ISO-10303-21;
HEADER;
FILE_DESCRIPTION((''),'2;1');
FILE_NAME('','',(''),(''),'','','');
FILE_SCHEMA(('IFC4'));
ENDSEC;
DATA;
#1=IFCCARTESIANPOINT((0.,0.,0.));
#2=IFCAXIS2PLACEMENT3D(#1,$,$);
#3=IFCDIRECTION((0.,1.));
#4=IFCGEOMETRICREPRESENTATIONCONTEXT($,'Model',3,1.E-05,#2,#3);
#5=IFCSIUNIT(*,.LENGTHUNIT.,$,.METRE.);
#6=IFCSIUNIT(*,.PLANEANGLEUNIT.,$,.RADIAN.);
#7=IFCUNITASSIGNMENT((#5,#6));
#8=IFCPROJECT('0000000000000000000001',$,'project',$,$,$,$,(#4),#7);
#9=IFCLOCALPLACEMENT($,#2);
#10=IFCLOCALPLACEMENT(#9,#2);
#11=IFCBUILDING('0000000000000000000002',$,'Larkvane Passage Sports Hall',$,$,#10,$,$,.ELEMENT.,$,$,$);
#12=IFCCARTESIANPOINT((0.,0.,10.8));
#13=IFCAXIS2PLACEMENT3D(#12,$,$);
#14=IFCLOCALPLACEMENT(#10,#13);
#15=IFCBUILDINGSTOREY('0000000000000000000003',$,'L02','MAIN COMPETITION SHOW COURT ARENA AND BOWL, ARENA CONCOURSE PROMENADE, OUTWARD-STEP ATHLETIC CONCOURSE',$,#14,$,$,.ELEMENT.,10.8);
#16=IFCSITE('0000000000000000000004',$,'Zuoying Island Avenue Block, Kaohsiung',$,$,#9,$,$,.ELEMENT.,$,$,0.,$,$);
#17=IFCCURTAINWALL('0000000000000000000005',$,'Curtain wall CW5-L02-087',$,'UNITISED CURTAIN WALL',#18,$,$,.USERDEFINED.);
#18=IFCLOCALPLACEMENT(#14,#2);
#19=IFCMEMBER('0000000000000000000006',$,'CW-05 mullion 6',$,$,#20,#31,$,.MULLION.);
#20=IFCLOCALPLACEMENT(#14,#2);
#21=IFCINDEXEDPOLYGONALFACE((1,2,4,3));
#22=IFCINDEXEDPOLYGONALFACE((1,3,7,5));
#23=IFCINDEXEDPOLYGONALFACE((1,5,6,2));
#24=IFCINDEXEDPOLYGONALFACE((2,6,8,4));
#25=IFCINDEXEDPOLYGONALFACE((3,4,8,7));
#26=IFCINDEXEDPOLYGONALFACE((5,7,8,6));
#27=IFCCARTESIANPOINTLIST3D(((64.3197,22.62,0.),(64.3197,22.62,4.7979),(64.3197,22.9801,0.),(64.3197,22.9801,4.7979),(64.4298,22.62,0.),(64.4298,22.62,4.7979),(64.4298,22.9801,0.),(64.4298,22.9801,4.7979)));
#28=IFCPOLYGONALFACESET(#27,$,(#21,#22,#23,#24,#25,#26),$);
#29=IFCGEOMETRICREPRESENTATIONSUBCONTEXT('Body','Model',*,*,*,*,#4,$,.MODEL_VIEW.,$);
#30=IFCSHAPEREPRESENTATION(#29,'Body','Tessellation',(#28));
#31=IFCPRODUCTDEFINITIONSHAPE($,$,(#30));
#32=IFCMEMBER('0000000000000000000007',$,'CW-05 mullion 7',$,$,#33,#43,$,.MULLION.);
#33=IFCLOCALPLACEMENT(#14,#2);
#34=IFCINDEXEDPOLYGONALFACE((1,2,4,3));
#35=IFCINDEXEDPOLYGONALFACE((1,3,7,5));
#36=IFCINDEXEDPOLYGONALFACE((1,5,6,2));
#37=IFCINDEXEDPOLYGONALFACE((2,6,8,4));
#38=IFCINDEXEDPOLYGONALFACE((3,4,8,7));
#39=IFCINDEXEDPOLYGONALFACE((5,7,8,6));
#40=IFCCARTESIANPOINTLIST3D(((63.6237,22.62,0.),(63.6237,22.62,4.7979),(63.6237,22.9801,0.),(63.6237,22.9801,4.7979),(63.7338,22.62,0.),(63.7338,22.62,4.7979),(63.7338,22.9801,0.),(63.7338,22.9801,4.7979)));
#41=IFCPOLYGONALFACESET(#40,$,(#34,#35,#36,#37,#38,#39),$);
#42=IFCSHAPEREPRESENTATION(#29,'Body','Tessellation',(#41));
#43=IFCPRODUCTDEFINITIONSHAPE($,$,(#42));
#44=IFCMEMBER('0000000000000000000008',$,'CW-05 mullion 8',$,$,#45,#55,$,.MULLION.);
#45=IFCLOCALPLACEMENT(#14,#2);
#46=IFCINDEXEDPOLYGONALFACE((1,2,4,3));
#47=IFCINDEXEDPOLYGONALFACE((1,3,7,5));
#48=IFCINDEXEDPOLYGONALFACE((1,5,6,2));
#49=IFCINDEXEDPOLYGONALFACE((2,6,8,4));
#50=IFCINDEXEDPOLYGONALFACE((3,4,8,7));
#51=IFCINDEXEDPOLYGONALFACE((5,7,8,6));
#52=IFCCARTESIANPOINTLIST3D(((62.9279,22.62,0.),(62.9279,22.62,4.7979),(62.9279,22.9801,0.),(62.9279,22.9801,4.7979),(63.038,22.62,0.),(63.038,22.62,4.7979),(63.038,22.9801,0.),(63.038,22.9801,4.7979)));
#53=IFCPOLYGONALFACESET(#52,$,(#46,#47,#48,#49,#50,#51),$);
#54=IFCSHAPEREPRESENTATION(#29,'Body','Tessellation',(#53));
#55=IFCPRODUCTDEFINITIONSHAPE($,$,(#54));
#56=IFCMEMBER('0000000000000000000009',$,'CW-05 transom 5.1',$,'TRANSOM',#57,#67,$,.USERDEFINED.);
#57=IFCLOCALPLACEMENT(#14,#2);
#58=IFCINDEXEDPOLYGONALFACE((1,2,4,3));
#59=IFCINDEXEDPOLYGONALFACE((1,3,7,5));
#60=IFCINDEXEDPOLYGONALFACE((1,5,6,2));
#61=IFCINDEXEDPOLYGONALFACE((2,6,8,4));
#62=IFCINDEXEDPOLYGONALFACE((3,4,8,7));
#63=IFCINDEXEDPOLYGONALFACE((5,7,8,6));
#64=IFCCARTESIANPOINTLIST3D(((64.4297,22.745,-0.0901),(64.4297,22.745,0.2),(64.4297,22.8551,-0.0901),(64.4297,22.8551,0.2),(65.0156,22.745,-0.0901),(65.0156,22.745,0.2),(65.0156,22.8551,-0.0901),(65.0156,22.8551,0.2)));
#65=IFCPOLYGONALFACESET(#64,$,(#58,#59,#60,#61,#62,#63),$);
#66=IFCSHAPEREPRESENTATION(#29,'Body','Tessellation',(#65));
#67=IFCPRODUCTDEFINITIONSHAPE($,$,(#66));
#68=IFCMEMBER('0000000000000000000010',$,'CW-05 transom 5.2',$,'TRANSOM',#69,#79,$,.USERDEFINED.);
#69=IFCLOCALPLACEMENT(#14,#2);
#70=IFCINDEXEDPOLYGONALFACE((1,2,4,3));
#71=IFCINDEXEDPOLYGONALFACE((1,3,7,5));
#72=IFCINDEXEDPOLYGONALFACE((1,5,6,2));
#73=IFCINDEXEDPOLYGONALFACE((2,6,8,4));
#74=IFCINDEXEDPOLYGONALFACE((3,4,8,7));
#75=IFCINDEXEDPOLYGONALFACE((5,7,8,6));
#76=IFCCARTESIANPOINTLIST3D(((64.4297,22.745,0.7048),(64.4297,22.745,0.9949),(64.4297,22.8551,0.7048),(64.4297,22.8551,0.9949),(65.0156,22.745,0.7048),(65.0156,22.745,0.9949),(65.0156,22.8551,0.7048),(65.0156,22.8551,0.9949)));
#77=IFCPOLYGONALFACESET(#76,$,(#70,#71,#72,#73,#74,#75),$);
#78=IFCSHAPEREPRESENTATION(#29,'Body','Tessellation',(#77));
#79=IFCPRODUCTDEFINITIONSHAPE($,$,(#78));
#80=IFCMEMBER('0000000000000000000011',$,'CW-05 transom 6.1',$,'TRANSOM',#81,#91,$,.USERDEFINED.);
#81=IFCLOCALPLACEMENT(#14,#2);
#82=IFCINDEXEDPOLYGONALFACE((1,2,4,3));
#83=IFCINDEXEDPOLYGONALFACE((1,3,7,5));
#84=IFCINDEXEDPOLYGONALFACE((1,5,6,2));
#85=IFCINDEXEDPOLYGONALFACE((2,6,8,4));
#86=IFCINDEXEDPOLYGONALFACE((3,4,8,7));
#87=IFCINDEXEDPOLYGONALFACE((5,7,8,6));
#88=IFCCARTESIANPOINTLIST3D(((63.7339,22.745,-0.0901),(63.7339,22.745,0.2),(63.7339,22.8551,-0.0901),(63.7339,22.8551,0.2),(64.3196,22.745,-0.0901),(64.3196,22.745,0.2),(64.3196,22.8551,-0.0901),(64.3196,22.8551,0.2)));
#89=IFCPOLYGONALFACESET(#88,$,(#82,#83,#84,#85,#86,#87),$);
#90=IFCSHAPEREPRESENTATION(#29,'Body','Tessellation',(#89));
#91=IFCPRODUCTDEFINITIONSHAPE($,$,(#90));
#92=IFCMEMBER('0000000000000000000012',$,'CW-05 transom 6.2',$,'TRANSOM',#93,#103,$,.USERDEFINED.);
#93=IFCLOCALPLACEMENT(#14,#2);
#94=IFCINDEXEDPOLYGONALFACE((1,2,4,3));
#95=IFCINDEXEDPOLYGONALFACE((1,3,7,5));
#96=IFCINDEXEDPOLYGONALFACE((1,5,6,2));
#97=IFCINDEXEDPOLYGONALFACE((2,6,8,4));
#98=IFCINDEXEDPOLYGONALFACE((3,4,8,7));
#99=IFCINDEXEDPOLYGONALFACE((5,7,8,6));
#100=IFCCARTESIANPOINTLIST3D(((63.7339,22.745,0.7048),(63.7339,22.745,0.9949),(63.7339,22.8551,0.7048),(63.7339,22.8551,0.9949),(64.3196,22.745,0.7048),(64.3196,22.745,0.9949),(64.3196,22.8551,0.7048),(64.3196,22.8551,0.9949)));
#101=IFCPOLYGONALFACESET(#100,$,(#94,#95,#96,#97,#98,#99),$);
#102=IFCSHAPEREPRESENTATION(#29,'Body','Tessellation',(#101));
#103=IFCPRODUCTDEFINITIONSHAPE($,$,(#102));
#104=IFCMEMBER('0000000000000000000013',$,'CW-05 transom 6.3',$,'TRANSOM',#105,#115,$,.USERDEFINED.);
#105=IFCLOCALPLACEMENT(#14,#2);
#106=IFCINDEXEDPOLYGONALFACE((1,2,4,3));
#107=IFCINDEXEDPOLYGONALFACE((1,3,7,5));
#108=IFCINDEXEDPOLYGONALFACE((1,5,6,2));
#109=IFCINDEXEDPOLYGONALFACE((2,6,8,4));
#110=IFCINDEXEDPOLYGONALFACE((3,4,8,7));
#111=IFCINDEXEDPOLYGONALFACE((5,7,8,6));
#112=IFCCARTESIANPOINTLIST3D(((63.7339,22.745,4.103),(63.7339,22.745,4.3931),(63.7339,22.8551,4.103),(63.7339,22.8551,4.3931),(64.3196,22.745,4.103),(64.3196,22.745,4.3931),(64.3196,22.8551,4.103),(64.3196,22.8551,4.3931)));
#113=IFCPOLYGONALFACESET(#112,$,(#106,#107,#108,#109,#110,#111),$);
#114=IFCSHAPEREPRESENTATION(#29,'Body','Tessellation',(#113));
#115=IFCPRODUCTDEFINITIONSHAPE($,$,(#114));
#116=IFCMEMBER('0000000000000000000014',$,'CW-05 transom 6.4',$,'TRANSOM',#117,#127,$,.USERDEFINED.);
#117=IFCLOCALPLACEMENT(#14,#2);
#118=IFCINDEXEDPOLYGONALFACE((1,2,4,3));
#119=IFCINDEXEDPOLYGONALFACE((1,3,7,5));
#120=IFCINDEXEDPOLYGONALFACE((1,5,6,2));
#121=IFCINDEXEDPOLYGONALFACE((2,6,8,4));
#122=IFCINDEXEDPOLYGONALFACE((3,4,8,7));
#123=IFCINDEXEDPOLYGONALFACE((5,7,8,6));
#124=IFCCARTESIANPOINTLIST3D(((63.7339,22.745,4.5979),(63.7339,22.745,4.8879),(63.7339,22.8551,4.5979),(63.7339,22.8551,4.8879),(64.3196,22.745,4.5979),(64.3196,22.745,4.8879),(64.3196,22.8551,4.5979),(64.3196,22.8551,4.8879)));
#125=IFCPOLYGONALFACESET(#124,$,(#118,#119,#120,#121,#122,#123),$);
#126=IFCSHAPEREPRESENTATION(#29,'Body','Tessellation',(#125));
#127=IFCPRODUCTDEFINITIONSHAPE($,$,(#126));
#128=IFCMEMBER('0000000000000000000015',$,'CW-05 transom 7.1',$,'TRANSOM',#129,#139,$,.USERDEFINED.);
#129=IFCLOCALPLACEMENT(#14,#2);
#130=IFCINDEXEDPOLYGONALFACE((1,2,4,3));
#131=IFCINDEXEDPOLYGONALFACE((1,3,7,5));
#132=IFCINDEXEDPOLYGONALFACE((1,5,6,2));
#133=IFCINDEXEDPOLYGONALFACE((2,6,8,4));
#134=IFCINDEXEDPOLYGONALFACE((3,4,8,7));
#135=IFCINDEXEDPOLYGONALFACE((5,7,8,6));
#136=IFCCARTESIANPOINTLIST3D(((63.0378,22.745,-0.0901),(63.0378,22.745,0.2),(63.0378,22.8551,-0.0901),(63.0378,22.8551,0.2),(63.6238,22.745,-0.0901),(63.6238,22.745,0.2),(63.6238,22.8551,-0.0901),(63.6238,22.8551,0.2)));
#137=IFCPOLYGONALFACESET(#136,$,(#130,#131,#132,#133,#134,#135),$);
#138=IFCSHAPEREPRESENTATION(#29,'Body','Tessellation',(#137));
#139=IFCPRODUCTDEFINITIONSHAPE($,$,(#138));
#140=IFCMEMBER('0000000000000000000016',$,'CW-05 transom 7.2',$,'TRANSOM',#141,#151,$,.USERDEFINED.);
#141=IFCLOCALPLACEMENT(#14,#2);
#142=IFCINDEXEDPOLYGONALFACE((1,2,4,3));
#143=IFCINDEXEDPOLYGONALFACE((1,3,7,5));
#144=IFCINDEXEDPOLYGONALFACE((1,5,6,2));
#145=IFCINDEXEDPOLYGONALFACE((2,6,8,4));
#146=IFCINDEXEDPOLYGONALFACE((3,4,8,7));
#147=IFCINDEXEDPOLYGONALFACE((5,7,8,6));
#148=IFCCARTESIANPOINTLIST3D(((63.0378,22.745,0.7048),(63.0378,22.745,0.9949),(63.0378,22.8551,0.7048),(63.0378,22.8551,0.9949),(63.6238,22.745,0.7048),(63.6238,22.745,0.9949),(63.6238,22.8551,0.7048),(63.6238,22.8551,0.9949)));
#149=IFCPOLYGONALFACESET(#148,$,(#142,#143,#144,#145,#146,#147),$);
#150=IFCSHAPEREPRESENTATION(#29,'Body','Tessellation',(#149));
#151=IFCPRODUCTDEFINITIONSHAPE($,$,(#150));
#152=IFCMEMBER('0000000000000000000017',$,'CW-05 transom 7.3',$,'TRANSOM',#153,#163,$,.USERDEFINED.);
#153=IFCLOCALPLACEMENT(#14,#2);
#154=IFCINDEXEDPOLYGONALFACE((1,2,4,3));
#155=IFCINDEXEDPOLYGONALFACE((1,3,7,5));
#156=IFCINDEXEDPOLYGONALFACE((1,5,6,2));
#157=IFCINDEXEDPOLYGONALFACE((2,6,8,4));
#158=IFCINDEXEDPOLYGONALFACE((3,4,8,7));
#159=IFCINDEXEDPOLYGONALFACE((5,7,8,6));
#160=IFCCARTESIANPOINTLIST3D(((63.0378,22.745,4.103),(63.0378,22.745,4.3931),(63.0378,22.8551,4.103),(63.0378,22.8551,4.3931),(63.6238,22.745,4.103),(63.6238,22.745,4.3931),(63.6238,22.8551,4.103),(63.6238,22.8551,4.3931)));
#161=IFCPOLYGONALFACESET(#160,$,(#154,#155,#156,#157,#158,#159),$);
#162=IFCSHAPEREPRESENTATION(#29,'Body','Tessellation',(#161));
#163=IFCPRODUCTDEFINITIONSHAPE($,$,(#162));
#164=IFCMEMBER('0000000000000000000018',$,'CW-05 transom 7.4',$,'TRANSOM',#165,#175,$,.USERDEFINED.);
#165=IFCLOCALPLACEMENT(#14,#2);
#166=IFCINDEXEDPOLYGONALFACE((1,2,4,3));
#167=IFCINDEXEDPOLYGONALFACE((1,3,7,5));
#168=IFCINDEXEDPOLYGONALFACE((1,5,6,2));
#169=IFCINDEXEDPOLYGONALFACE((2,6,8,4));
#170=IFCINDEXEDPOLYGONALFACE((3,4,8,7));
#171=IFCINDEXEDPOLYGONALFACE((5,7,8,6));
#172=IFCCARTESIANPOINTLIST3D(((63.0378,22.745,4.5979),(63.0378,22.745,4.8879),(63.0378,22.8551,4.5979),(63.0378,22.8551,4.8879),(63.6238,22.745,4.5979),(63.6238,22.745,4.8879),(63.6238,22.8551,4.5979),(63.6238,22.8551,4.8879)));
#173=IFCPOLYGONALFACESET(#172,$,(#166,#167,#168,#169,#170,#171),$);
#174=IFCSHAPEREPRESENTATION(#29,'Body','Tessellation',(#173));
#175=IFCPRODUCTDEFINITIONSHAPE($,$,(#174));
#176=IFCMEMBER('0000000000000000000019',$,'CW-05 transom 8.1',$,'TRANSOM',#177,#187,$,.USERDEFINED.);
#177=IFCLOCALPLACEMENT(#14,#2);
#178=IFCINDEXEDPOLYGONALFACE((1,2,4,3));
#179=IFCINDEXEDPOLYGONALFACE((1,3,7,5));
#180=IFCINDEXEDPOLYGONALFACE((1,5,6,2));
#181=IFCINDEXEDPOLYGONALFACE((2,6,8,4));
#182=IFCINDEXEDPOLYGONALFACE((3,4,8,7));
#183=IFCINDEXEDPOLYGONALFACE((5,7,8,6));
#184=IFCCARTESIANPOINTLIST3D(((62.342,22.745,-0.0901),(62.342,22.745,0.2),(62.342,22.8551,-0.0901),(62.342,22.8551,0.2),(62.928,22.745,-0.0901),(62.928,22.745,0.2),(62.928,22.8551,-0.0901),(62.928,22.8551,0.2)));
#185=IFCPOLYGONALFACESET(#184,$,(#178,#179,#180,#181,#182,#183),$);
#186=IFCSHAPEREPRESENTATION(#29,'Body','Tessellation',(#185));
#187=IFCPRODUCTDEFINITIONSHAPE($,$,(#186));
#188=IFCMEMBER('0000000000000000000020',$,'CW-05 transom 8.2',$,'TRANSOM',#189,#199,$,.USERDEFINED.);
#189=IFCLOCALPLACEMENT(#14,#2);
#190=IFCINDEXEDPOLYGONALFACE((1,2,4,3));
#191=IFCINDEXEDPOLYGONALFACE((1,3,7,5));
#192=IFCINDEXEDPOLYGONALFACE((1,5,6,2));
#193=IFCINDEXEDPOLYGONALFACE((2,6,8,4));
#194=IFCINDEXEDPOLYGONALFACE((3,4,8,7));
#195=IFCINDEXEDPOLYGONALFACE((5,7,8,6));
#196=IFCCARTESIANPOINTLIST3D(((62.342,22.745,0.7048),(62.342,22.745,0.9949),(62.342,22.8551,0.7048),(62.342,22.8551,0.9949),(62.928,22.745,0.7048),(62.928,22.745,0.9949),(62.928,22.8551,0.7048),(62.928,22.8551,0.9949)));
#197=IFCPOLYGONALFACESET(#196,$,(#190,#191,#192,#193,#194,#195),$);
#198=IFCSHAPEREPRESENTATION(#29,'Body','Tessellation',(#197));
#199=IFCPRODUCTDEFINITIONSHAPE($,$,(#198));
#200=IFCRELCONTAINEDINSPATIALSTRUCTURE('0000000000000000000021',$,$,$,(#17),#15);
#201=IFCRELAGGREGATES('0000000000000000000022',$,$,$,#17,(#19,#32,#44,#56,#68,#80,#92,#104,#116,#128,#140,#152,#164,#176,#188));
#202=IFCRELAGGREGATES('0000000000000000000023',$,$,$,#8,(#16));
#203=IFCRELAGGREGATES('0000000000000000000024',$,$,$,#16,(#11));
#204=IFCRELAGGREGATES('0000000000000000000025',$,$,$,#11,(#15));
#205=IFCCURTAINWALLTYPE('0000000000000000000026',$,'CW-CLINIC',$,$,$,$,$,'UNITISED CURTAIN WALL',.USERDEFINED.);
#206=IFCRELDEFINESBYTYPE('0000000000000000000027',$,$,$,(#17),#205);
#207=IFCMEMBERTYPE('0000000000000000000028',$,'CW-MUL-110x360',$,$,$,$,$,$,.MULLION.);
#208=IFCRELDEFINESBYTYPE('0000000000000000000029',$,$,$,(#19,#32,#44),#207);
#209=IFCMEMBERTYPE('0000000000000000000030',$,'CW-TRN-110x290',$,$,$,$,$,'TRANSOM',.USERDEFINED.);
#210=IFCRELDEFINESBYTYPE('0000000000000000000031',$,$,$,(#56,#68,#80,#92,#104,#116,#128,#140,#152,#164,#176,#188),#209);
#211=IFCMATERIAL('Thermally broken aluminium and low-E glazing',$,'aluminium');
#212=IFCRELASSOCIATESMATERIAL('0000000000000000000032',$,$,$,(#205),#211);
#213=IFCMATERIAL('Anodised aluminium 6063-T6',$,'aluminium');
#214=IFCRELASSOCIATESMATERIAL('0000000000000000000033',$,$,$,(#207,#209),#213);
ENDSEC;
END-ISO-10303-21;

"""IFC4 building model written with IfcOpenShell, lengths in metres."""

from ifc_helpers import new_model, si_unit, direction, frame, origin, origin_2d, place, context, subcontext, project, spatial, rectangle, extrude, material, material_profile, profile_set, type_object, element, aggregate, save


model = new_model("IFC4")

# Units and contexts
model_context = context("Model", 3, precision=1e-05, world=origin(), true_north=direction((0.0, 1.0)))
body_context = subcontext(model_context, "Body", "Model", "MODEL_VIEW")
ifc_project = project(units=[si_unit("LENGTHUNIT", "METRE"), si_unit("PLANEANGLEUNIT", "RADIAN")], contexts=[model_context])

# Site, building, storey
site_placement = place(None, origin())
site = spatial("IfcSite", under=ifc_project, at=site_placement, Name="Zuoying Island Avenue Block, Kaohsiung", CompositionType="ELEMENT", RefElevation=0.0)
building_placement = place(site_placement, origin())
building = spatial("IfcBuilding", under=site, at=building_placement, Name="Larkvane Passage Sports Hall", CompositionType="ELEMENT")
storey_placement = place(building_placement, frame((0.0, 0.0, 10.8)))
storey = spatial("IfcBuildingStorey", under=building, at=storey_placement, Name="L02", Description="MAIN COMPETITION SHOW COURT ARENA AND BOWL, ARENA CONCOURSE PROMENADE, OUTWARD-STEP ATHLETIC CONCOURSE", CompositionType="ELEMENT", Elevation=10.8)

# Curtain wall, members
ifc_material_1 = material(Name="Thermally broken aluminium and low-E glazing", Category="aluminium")
curtain_wall_type = type_object("IfcCurtainWallType", Name="CW-CLINIC", ElementType="UNITISED CURTAIN WALL", PredefinedType="USERDEFINED", material=ifc_material_1)
curtain_wall_placement = place(storey_placement, origin())
curtain_wall = element("IfcCurtainWall", 1, at=curtain_wall_placement, inside=storey, type_object=curtain_wall_type, Name="Curtain wall CW5-L02-087", ObjectType="UNITISED CURTAIN WALL", PredefinedType="USERDEFINED")
ifc_material_2 = material(Name="Anodised aluminium 6063-T6", Category="aluminium")
ifc_material_profile_1 = material_profile(ifc_material_2, rectangle(XDim=0.1101, YDim=0.3601, at=origin_2d()), Name="ALU-MUL-110x360")
ifc_profile_set_1 = profile_set([ifc_material_profile_1], Name="Anodised aluminium 6063-T6")
member_type_1 = type_object("IfcMemberType", Name="CW-MUL-110x360", PredefinedType="MULLION", material=ifc_profile_set_1)
member_1_placement = place(storey_placement, frame((64.3748, 22.8, 0.0), z_axis=(0.0, 0.0, 1.0), x_axis=(-1.0, 0.0, 0.0)))
member_1 = element("IfcMember", 2, at=member_1_placement, type_object=member_type_1, Name="CW-05 mullion 6", PredefinedType="MULLION", context=body_context, shape_type="SweptSolid", body=[
    extrude(rectangle(XDim=0.1101, YDim=0.3601, at=origin_2d()), origin(), (0.0, 0.0, 1.0), 4.7979),
])
member_2_placement = place(storey_placement, frame((63.6787, 22.8, 0.0), z_axis=(0.0, 0.0, 1.0), x_axis=(-1.0, 0.0, 0.0)))
member_2 = element("IfcMember", 3, at=member_2_placement, type_object=member_type_1, Name="CW-05 mullion 7", PredefinedType="MULLION", context=body_context, shape_type="SweptSolid", body=[
    extrude(rectangle(XDim=0.1101, YDim=0.3601, at=origin_2d()), origin(), (0.0, 0.0, 1.0), 4.7979),
])
member_3_placement = place(storey_placement, frame((62.9829, 22.8, 0.0), z_axis=(0.0, 0.0, 1.0), x_axis=(-1.0, 0.0, 0.0)))
member_3 = element("IfcMember", 4, at=member_3_placement, type_object=member_type_1, Name="CW-05 mullion 8", PredefinedType="MULLION", context=body_context, shape_type="SweptSolid", body=[
    extrude(rectangle(XDim=0.1101, YDim=0.3601, at=origin_2d()), origin(), (0.0, 0.0, 1.0), 4.7979),
])
ifc_material_profile_2 = material_profile(ifc_material_2, rectangle(XDim=0.1101, YDim=0.29, at=origin_2d()), Name="ALU-TRN-110x290")
ifc_profile_set_2 = profile_set([ifc_material_profile_2], Name="Anodised aluminium 6063-T6")
member_type_2 = type_object("IfcMemberType", Name="CW-TRN-110x290", ElementType="TRANSOM", PredefinedType="USERDEFINED", material=ifc_profile_set_2)
member_4_placement = place(storey_placement, frame((65.0156, 22.8, 0.0549), z_axis=(-1.0, 0.0, 0.0), x_axis=(0.0, -1.0, 0.0)))
member_4 = element("IfcMember", 5, at=member_4_placement, type_object=member_type_2, Name="CW-05 transom 5.1", ObjectType="TRANSOM", PredefinedType="USERDEFINED", context=body_context, shape_type="SweptSolid", body=[
    extrude(rectangle(XDim=0.1101, YDim=0.29, at=origin_2d()), origin(), (0.0, 0.0, 1.0), 0.5859),
])
member_5_placement = place(storey_placement, frame((65.0156, 22.8, 0.8499), z_axis=(-1.0, 0.0, 0.0), x_axis=(0.0, -1.0, 0.0)))
member_5 = element("IfcMember", 6, at=member_5_placement, type_object=member_type_2, Name="CW-05 transom 5.2", ObjectType="TRANSOM", PredefinedType="USERDEFINED", context=body_context, shape_type="SweptSolid", body=[
    extrude(rectangle(XDim=0.1101, YDim=0.29, at=origin_2d()), origin(), (0.0, 0.0, 1.0), 0.5859),
])
member_6_placement = place(storey_placement, frame((64.3196, 22.8, 0.0549), z_axis=(-1.0, 0.0, 0.0), x_axis=(0.0, -1.0, 0.0)))
member_6 = element("IfcMember", 7, at=member_6_placement, type_object=member_type_2, Name="CW-05 transom 6.1", ObjectType="TRANSOM", PredefinedType="USERDEFINED", context=body_context, shape_type="SweptSolid", body=[
    extrude(rectangle(XDim=0.1101, YDim=0.29, at=origin_2d()), origin(), (0.0, 0.0, 1.0), 0.5857),
])
member_7_placement = place(storey_placement, frame((64.3196, 22.8, 0.8499), z_axis=(-1.0, 0.0, 0.0), x_axis=(0.0, -1.0, 0.0)))
member_7 = element("IfcMember", 8, at=member_7_placement, type_object=member_type_2, Name="CW-05 transom 6.2", ObjectType="TRANSOM", PredefinedType="USERDEFINED", context=body_context, shape_type="SweptSolid", body=[
    extrude(rectangle(XDim=0.1101, YDim=0.29, at=origin_2d()), origin(), (0.0, 0.0, 1.0), 0.5857),
])
member_8_placement = place(storey_placement, frame((64.3196, 22.8, 4.248), z_axis=(-1.0, 0.0, 0.0), x_axis=(0.0, -1.0, 0.0)))
member_8 = element("IfcMember", 9, at=member_8_placement, type_object=member_type_2, Name="CW-05 transom 6.3", ObjectType="TRANSOM", PredefinedType="USERDEFINED", context=body_context, shape_type="SweptSolid", body=[
    extrude(rectangle(XDim=0.1101, YDim=0.29, at=origin_2d()), origin(), (0.0, 0.0, 1.0), 0.5857),
])
member_9_placement = place(storey_placement, frame((64.3196, 22.8, 4.7429), z_axis=(-1.0, 0.0, 0.0), x_axis=(0.0, -1.0, 0.0)))
member_9 = element("IfcMember", 10, at=member_9_placement, type_object=member_type_2, Name="CW-05 transom 6.4", ObjectType="TRANSOM", PredefinedType="USERDEFINED", context=body_context, shape_type="SweptSolid", body=[
    extrude(rectangle(XDim=0.1101, YDim=0.29, at=origin_2d()), origin(), (0.0, 0.0, 1.0), 0.5857),
])
member_10_placement = place(storey_placement, frame((63.6238, 22.8, 0.0549), z_axis=(-1.0, 0.0, 0.0), x_axis=(0.0, -1.0, 0.0)))
member_10 = element("IfcMember", 11, at=member_10_placement, type_object=member_type_2, Name="CW-05 transom 7.1", ObjectType="TRANSOM", PredefinedType="USERDEFINED", context=body_context, shape_type="SweptSolid", body=[
    extrude(rectangle(XDim=0.1101, YDim=0.29, at=origin_2d()), origin(), (0.0, 0.0, 1.0), 0.5859),
])
member_11_placement = place(storey_placement, frame((63.6238, 22.8, 0.8499), z_axis=(-1.0, 0.0, 0.0), x_axis=(0.0, -1.0, 0.0)))
member_11 = element("IfcMember", 12, at=member_11_placement, type_object=member_type_2, Name="CW-05 transom 7.2", ObjectType="TRANSOM", PredefinedType="USERDEFINED", context=body_context, shape_type="SweptSolid", body=[
    extrude(rectangle(XDim=0.1101, YDim=0.29, at=origin_2d()), origin(), (0.0, 0.0, 1.0), 0.5859),
])
member_12_placement = place(storey_placement, frame((63.6238, 22.8, 4.248), z_axis=(-1.0, 0.0, 0.0), x_axis=(0.0, -1.0, 0.0)))
member_12 = element("IfcMember", 13, at=member_12_placement, type_object=member_type_2, Name="CW-05 transom 7.3", ObjectType="TRANSOM", PredefinedType="USERDEFINED", context=body_context, shape_type="SweptSolid", body=[
    extrude(rectangle(XDim=0.1101, YDim=0.29, at=origin_2d()), origin(), (0.0, 0.0, 1.0), 0.5859),
])
member_13_placement = place(storey_placement, frame((63.6238, 22.8, 4.7429), z_axis=(-1.0, 0.0, 0.0), x_axis=(0.0, -1.0, 0.0)))
member_13 = element("IfcMember", 14, at=member_13_placement, type_object=member_type_2, Name="CW-05 transom 7.4", ObjectType="TRANSOM", PredefinedType="USERDEFINED", context=body_context, shape_type="SweptSolid", body=[
    extrude(rectangle(XDim=0.1101, YDim=0.29, at=origin_2d()), origin(), (0.0, 0.0, 1.0), 0.5859),
])
member_14_placement = place(storey_placement, frame((62.928, 22.8, 0.0549), z_axis=(-1.0, 0.0, 0.0), x_axis=(0.0, -1.0, 0.0)))
member_14 = element("IfcMember", 15, at=member_14_placement, type_object=member_type_2, Name="CW-05 transom 8.1", ObjectType="TRANSOM", PredefinedType="USERDEFINED", context=body_context, shape_type="SweptSolid", body=[
    extrude(rectangle(XDim=0.1101, YDim=0.29, at=origin_2d()), origin(), (0.0, 0.0, 1.0), 0.5859),
])
member_15_placement = place(storey_placement, frame((62.928, 22.8, 0.8499), z_axis=(-1.0, 0.0, 0.0), x_axis=(0.0, -1.0, 0.0)))
member_15 = element("IfcMember", 16, at=member_15_placement, type_object=member_type_2, Name="CW-05 transom 8.2", ObjectType="TRANSOM", PredefinedType="USERDEFINED", context=body_context, shape_type="SweptSolid", body=[
    extrude(rectangle(XDim=0.1101, YDim=0.29, at=origin_2d()), origin(), (0.0, 0.0, 1.0), 0.5859),
])
aggregate(curtain_wall, [member_1, member_2, member_3, member_4, member_5, member_6, member_7, member_8, member_9, member_10, member_11, member_12, member_13, member_14, member_15])

save(model, "model.ifc")
